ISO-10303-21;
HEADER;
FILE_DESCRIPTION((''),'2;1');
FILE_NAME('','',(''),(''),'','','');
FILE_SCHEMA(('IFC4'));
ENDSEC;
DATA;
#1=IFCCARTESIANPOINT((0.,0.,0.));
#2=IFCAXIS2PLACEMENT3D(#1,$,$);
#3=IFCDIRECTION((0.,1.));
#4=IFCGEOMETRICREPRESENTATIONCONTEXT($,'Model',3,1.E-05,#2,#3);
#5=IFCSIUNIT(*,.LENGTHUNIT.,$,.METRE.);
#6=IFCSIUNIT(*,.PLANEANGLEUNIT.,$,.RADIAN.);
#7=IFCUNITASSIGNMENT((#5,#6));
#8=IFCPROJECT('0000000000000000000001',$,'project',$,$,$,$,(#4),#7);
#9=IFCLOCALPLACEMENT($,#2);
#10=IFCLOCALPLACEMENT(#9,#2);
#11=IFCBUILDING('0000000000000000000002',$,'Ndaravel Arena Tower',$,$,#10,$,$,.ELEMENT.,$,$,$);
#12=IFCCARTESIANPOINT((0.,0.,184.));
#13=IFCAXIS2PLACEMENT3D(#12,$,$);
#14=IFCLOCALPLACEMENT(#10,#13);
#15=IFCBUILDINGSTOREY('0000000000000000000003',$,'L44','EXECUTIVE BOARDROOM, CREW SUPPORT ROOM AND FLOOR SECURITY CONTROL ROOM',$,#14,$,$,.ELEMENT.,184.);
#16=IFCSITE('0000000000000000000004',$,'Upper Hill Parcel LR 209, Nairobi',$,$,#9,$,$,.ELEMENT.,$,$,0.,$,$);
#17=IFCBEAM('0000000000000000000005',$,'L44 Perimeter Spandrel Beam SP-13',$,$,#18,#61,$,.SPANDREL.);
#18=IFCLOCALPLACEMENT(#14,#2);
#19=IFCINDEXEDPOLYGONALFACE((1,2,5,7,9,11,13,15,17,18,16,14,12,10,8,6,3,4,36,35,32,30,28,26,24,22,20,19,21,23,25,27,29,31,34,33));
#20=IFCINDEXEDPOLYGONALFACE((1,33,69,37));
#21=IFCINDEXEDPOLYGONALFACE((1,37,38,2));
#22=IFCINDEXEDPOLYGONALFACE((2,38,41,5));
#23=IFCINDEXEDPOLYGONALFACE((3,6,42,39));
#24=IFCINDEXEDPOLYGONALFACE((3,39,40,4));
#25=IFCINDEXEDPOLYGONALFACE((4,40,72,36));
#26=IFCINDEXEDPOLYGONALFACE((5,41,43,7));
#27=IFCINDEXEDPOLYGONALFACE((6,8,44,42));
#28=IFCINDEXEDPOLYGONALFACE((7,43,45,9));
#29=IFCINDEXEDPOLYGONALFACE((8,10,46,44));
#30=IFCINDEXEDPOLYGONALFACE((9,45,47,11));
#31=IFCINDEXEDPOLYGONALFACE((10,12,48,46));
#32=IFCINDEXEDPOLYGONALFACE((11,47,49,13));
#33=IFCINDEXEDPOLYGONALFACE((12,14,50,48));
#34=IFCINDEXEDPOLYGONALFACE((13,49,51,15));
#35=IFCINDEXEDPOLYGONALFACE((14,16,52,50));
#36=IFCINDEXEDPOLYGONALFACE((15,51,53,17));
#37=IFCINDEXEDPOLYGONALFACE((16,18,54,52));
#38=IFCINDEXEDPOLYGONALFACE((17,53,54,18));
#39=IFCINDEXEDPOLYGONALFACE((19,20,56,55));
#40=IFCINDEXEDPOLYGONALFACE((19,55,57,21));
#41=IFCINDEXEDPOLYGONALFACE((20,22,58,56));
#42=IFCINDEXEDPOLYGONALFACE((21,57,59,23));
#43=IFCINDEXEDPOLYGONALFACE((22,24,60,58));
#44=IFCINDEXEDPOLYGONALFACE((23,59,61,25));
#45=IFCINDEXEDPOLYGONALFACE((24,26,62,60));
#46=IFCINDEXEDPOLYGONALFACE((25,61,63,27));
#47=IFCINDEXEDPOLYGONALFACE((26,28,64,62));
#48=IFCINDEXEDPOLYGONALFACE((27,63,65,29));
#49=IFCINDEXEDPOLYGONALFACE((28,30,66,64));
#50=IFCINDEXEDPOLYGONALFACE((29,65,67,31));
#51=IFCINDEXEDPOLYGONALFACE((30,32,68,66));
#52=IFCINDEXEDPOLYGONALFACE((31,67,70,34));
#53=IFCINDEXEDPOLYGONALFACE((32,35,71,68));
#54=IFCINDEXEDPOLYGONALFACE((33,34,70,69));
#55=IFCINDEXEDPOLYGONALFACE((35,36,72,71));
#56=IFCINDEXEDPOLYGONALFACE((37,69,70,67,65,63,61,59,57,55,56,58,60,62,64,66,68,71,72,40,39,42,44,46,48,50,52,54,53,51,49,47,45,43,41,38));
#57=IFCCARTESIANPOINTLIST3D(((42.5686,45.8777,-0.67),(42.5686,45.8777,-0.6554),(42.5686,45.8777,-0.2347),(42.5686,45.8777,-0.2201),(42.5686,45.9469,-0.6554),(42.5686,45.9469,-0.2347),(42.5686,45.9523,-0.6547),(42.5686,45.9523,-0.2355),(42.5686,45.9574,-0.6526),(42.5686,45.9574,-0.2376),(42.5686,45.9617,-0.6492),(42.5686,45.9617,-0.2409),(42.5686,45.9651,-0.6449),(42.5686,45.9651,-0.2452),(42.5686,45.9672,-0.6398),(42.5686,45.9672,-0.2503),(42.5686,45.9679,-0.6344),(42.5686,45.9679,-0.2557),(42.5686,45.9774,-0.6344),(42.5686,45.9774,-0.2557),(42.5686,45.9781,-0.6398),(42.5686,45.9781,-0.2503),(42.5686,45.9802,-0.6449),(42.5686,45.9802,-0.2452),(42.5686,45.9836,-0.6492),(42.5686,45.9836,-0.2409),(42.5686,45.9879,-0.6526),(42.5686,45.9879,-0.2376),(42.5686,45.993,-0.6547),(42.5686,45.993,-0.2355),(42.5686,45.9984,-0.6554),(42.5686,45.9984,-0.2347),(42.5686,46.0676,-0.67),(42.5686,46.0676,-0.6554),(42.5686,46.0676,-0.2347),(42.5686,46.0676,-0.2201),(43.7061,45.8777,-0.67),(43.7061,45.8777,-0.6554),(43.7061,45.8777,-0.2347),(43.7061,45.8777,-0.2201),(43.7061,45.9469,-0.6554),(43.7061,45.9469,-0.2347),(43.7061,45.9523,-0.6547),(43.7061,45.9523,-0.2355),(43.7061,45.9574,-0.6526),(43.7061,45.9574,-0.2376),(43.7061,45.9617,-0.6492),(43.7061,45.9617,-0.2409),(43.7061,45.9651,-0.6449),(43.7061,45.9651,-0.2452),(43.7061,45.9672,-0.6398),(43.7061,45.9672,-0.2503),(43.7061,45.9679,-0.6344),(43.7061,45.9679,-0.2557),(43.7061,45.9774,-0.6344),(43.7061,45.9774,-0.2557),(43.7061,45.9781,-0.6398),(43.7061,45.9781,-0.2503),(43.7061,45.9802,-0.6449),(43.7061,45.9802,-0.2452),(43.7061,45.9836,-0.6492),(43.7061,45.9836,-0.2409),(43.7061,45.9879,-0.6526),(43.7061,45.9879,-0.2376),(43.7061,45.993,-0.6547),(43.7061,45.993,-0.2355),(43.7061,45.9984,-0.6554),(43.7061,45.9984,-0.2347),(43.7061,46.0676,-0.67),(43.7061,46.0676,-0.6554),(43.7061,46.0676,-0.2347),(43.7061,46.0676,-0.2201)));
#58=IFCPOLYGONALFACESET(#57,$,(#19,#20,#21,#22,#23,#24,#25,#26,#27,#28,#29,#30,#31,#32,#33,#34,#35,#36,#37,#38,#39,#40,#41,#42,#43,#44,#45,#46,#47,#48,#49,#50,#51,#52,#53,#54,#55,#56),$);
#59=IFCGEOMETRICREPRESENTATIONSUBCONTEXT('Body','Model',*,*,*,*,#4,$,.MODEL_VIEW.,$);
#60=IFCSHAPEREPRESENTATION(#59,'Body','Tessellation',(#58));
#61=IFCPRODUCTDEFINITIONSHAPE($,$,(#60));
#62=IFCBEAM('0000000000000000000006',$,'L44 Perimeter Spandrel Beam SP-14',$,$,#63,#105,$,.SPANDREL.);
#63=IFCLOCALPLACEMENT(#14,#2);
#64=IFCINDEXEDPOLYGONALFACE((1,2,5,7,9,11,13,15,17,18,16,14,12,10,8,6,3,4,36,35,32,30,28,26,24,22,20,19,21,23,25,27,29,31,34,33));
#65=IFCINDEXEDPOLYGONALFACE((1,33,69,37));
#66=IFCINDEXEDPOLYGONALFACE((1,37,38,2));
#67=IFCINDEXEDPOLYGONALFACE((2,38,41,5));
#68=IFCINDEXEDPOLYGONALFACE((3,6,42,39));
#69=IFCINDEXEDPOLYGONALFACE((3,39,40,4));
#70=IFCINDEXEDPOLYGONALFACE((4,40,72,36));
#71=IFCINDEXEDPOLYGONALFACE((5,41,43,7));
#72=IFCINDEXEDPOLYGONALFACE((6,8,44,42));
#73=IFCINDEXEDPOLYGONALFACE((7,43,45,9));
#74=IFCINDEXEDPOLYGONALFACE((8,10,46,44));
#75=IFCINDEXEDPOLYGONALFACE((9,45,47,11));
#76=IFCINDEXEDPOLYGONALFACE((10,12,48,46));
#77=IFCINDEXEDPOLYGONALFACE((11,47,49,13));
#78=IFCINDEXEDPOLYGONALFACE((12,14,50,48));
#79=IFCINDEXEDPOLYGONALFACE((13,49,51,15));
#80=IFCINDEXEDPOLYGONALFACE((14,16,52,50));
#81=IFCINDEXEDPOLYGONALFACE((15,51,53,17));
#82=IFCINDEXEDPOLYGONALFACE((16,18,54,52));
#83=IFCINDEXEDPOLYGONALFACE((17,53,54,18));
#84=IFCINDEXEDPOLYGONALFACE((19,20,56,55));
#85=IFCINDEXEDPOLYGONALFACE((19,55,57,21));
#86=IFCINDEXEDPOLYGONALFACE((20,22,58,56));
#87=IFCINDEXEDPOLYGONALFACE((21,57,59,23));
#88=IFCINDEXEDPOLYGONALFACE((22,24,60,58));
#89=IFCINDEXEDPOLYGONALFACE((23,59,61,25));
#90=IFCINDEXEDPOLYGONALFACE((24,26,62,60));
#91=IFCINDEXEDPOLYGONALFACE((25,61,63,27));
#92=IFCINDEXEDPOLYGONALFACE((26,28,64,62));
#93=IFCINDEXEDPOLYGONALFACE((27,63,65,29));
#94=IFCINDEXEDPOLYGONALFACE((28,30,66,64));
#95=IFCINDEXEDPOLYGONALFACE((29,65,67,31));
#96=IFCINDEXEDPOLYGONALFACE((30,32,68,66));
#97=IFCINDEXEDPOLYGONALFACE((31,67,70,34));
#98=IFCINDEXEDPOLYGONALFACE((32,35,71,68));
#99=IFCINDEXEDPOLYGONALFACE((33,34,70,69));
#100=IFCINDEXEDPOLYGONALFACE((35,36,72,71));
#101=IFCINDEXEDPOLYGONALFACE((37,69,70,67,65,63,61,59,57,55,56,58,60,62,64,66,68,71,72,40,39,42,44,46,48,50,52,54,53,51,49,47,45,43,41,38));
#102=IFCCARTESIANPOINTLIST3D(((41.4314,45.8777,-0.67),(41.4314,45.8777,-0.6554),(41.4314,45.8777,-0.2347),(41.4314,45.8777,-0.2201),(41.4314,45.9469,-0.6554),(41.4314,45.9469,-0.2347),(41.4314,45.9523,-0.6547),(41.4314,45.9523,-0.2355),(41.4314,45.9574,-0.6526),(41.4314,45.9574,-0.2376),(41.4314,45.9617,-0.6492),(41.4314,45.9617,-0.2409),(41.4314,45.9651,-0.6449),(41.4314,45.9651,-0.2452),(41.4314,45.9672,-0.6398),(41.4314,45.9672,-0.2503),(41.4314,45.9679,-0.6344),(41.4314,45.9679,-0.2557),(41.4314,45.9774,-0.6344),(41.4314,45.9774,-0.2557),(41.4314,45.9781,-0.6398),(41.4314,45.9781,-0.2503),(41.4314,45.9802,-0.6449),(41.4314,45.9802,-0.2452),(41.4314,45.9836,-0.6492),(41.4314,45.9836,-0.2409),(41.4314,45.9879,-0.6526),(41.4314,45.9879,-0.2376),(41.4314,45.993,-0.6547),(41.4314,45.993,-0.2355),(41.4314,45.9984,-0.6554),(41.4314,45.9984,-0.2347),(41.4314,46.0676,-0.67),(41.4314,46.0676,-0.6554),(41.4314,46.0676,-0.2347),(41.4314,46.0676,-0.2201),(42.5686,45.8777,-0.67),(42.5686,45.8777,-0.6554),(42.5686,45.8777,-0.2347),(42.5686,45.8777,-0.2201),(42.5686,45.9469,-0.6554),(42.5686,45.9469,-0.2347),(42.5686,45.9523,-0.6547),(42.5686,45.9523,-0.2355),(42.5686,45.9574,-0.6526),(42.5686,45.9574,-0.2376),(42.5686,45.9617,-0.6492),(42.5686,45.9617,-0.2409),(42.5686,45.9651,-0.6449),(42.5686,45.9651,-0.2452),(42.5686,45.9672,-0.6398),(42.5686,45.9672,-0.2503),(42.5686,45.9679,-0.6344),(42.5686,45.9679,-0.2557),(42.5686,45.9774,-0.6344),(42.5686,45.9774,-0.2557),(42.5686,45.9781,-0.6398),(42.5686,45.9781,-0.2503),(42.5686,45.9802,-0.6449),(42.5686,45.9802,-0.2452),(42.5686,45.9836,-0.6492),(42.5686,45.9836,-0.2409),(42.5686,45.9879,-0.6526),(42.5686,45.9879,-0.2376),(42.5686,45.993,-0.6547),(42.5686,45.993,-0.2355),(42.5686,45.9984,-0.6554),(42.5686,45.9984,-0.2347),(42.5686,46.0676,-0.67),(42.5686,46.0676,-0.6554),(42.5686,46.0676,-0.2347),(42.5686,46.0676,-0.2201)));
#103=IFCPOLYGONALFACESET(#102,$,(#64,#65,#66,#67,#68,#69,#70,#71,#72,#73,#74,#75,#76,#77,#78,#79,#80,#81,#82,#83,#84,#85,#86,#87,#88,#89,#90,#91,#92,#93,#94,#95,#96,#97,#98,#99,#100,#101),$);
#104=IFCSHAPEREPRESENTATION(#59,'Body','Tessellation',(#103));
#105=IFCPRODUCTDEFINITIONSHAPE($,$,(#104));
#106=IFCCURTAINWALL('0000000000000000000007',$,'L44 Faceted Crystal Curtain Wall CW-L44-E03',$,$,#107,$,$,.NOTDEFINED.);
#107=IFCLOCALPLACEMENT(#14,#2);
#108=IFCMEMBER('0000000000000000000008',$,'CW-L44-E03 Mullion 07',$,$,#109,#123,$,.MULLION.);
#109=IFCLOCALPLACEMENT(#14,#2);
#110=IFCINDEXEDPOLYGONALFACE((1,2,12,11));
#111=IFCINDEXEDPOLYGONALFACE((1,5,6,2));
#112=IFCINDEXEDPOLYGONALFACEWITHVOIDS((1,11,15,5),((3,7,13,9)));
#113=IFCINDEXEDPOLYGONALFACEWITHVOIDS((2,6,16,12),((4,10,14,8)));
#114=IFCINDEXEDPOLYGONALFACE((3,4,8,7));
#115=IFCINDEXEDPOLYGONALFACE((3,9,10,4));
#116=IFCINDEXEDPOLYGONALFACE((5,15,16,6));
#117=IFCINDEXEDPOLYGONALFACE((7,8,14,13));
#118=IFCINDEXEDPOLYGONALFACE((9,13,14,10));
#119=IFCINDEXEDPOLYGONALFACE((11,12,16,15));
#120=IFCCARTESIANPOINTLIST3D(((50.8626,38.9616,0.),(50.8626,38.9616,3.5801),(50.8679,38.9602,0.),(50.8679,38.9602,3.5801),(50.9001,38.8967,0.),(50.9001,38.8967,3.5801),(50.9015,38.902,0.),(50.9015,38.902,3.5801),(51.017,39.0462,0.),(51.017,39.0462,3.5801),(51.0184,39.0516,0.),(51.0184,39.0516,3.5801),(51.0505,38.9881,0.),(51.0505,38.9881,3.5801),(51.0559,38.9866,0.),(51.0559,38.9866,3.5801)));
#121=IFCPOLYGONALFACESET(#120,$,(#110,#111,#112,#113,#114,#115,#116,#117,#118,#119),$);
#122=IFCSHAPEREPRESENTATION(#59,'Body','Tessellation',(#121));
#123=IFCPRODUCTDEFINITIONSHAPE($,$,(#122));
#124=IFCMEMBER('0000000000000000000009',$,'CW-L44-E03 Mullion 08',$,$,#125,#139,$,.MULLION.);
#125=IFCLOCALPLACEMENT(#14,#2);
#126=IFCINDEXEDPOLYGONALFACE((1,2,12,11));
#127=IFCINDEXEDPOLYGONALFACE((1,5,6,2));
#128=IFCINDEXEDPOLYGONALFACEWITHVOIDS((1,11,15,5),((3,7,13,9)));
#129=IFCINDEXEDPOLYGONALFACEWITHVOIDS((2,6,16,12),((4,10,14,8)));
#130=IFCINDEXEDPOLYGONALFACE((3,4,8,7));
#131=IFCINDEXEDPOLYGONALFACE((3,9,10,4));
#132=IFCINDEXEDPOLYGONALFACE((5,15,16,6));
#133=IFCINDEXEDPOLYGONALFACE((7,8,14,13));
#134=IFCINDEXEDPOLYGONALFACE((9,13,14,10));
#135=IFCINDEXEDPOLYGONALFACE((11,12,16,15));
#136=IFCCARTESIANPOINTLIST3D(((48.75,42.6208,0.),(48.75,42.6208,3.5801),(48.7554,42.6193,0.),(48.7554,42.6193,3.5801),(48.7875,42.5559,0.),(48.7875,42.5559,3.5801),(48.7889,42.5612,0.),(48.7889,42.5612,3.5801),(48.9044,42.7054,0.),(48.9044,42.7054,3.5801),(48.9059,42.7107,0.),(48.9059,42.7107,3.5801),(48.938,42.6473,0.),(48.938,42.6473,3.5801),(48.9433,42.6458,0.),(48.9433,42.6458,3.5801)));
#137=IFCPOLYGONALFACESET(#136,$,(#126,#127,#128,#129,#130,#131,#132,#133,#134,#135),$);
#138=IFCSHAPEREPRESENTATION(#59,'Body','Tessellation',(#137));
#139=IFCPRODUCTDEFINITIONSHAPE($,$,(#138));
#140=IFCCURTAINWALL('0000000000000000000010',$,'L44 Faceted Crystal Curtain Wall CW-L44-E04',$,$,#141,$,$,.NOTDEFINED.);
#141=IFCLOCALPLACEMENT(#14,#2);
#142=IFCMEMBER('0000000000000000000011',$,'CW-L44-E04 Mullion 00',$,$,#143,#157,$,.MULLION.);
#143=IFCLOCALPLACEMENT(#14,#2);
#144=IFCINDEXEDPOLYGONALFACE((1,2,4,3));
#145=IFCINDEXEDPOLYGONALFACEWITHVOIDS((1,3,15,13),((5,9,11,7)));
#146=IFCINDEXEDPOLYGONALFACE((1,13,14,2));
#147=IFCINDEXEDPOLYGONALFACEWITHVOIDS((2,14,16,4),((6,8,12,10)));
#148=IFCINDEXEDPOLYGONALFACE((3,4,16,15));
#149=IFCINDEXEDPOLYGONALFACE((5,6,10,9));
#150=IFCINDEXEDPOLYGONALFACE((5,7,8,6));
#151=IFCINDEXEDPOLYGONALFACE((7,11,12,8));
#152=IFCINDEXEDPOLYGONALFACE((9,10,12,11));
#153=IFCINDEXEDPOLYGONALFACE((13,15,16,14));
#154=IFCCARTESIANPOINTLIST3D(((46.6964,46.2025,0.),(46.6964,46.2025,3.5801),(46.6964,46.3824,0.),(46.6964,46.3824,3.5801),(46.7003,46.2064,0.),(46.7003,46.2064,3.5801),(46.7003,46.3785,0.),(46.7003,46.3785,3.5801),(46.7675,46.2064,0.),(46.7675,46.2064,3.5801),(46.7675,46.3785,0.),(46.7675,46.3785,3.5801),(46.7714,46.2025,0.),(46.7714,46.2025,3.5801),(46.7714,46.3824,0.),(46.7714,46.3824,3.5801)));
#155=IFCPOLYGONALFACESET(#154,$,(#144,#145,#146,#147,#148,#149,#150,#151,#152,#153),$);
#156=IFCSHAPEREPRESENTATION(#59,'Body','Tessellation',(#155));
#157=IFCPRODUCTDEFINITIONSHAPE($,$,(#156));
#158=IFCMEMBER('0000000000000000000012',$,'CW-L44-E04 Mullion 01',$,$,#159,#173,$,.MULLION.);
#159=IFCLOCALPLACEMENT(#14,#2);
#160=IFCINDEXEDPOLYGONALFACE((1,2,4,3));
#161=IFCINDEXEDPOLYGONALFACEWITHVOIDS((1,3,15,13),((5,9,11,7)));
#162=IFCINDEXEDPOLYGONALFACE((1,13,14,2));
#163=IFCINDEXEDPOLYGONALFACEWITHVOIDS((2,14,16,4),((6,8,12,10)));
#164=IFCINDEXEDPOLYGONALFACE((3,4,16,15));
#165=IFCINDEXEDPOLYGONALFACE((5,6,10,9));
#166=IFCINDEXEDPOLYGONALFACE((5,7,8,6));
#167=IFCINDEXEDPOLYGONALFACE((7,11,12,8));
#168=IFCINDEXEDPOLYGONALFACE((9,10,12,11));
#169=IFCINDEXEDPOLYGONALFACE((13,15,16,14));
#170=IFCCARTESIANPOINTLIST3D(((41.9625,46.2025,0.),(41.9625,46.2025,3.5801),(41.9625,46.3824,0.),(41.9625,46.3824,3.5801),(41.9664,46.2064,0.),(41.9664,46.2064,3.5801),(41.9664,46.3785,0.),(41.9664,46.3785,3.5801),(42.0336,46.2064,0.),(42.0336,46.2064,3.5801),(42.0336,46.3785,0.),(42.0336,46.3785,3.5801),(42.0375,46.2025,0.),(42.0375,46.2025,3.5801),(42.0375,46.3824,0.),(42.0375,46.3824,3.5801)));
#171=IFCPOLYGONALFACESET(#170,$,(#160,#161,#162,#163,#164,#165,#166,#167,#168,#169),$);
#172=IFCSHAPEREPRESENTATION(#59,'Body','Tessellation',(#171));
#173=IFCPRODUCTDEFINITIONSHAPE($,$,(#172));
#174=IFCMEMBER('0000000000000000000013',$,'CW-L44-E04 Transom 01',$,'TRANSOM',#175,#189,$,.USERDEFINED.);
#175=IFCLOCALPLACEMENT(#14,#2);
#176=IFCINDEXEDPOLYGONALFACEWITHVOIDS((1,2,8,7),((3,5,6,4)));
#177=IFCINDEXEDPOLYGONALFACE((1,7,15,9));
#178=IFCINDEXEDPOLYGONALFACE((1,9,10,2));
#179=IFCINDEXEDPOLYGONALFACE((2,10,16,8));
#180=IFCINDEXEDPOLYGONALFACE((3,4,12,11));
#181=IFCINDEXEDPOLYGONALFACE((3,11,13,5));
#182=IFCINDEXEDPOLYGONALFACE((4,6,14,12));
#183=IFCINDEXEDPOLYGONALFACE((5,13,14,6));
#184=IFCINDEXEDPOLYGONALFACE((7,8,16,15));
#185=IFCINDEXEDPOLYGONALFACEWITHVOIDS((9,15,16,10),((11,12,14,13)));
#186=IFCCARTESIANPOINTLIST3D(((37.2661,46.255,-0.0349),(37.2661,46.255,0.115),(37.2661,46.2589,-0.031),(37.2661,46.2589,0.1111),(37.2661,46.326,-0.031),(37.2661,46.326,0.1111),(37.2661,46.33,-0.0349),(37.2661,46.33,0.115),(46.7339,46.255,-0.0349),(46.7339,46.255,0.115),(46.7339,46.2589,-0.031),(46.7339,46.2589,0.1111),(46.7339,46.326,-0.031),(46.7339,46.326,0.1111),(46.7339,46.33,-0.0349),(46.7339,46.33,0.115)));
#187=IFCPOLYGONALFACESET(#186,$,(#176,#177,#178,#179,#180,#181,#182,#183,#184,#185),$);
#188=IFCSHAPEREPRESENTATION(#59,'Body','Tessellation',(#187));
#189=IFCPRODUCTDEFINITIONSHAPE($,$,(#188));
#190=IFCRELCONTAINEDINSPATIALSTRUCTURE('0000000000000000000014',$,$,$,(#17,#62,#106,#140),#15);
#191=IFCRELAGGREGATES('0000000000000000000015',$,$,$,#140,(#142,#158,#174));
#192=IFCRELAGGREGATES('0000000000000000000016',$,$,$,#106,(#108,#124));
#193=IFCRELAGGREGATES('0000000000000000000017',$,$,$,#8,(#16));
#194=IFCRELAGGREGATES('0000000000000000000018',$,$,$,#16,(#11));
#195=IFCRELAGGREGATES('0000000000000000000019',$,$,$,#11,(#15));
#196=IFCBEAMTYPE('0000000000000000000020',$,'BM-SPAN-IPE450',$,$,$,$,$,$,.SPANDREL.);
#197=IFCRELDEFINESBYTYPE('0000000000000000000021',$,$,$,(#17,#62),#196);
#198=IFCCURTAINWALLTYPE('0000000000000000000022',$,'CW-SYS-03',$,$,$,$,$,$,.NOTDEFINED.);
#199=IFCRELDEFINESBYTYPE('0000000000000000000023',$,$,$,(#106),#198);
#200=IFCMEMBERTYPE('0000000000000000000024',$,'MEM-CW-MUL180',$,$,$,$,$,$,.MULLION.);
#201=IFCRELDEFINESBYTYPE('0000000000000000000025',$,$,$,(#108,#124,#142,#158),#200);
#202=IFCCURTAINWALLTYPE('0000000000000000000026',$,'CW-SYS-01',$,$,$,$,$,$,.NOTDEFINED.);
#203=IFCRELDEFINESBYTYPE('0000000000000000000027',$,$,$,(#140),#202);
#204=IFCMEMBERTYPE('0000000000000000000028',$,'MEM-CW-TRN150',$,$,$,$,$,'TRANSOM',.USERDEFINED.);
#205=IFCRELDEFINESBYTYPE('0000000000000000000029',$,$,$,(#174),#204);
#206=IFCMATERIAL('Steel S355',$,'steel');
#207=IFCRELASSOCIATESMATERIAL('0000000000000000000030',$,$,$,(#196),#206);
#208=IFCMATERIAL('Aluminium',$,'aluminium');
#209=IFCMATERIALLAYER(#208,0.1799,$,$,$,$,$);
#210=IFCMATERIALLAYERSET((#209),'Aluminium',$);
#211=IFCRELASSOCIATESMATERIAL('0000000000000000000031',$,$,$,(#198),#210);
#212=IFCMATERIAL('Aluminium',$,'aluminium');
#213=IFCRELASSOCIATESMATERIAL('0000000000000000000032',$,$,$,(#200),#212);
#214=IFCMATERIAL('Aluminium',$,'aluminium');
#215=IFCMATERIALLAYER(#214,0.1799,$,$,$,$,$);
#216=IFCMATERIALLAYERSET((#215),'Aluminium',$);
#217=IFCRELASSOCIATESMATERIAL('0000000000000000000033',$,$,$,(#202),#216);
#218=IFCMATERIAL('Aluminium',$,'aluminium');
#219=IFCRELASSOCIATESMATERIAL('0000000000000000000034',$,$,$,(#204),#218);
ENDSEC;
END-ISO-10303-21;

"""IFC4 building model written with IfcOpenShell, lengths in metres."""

from ifc_helpers import new_model, si_unit, direction, frame, origin, origin_2d, place, context, subcontext, project, spatial, hollow_rectangle, i_section, extrude, material, layer, layer_set, material_profile, profile_set, type_object, element, aggregate, save


model = new_model("IFC4")

# Units and contexts
model_context = context("Model", 3, precision=1e-05, world=origin(), true_north=direction((0.0, 1.0)))
body_context = subcontext(model_context, "Body", "Model", "MODEL_VIEW")
ifc_project = project(units=[si_unit("LENGTHUNIT", "METRE"), si_unit("PLANEANGLEUNIT", "RADIAN")], contexts=[model_context])

# Site, building, storey
site_placement = place(None, origin())
site = spatial("IfcSite", under=ifc_project, at=site_placement, Name="Upper Hill Parcel LR 209, Nairobi", CompositionType="ELEMENT", RefElevation=0.0)
building_placement = place(site_placement, origin())
building = spatial("IfcBuilding", under=site, at=building_placement, Name="Ndaravel Arena Tower", CompositionType="ELEMENT")
storey_placement = place(building_placement, frame((0.0, 0.0, 184.0)))
storey = spatial("IfcBuildingStorey", under=building, at=storey_placement, Name="L44", Description="EXECUTIVE BOARDROOM, CREW SUPPORT ROOM AND FLOOR SECURITY CONTROL ROOM", CompositionType="ELEMENT", Elevation=184.0)

# Beams
ifc_material_1 = material(Name="Steel S355", Category="steel")
ifc_material_profile_1 = material_profile(ifc_material_1, i_section(OverallWidth=0.1899, OverallDepth=0.45, WebThickness=0.0095, FlangeThickness=0.0146, FilletRadius=0.021, at=origin_2d()), Name="IPE 450")
ifc_profile_set_1 = profile_set([ifc_material_profile_1], Name="Steel S355")
beam_type_1 = type_object("IfcBeamType", Name="BM-SPAN-IPE450", PredefinedType="SPANDREL", material=ifc_profile_set_1)
beam_1_placement = place(storey_placement, frame((43.7061, 45.9727, -0.4451), z_axis=(-1.0, 0.0, 0.0), x_axis=(0.0, -1.0, 0.0)))
element("IfcBeam", 1, at=beam_1_placement, inside=storey, type_object=beam_type_1, Name="L44 Perimeter Spandrel Beam SP-13", PredefinedType="SPANDREL", context=body_context, shape_type="SweptSolid", body=[
    extrude(i_section(OverallWidth=0.1899, OverallDepth=0.45, WebThickness=0.0095, FlangeThickness=0.0146, FilletRadius=0.021, at=origin_2d()), origin(), (0.0, 0.0, 1.0), 1.1375),
])
beam_2_placement = place(storey_placement, frame((42.5686, 45.9727, -0.4451), z_axis=(-1.0, 0.0, 0.0), x_axis=(0.0, -1.0, 0.0)))
element("IfcBeam", 2, at=beam_2_placement, inside=storey, type_object=beam_type_1, Name="L44 Perimeter Spandrel Beam SP-14", PredefinedType="SPANDREL", context=body_context, shape_type="SweptSolid", body=[
    extrude(i_section(OverallWidth=0.1899, OverallDepth=0.45, WebThickness=0.0095, FlangeThickness=0.0146, FilletRadius=0.021, at=origin_2d()), origin(), (0.0, 0.0, 1.0), 1.1372),
])

# Curtain wall, members
ifc_material_2 = material(Name="Aluminium", Category="aluminium")
ifc_layer_1 = layer(ifc_material_2, 0.1799)
ifc_layer_set_1 = layer_set([ifc_layer_1], Name="Aluminium")
curtain_wall_type_1 = type_object("IfcCurtainWallType", Name="CW-SYS-03", PredefinedType="NOTDEFINED", material=ifc_layer_set_1)
curtain_wall_1_placement = place(storey_placement, origin())
curtain_wall_1 = element("IfcCurtainWall", 3, at=curtain_wall_1_placement, inside=storey, type_object=curtain_wall_type_1, Name="L44 Faceted Crystal Curtain Wall CW-L44-E03", PredefinedType="NOTDEFINED")
ifc_material_3 = material(Name="Aluminium", Category="aluminium")
ifc_material_profile_2 = material_profile(ifc_material_3, hollow_rectangle(XDim=0.075, YDim=0.1799, WallThickness=0.0039, at=origin_2d()), Name="CW MULLION 75x180x4")
ifc_profile_set_2 = profile_set([ifc_material_profile_2], Name="Aluminium")
member_type_1 = type_object("IfcMemberType", Name="MEM-CW-MUL180", PredefinedType="MULLION", material=ifc_profile_set_2)
member_1_placement = place(storey_placement, frame((50.9592, 38.9741, 0.0), z_axis=(0.0, 0.0, 1.0), x_axis=(-0.5, 0.866025, 0.0)))
member_1 = element("IfcMember", 4, at=member_1_placement, type_object=member_type_1, Name="CW-L44-E03 Mullion 07", PredefinedType="MULLION", context=body_context, shape_type="SweptSolid", body=[
    extrude(hollow_rectangle(XDim=0.075, YDim=0.1799, WallThickness=0.0039, at=origin_2d()), origin(), (0.0, 0.0, 1.0), 3.5801),
])
member_2_placement = place(storey_placement, frame((48.8467, 42.6333, 0.0), z_axis=(0.0, 0.0, 1.0), x_axis=(-0.5, 0.866025, 0.0)))
member_2 = element("IfcMember", 5, at=member_2_placement, type_object=member_type_1, Name="CW-L44-E03 Mullion 08", PredefinedType="MULLION", context=body_context, shape_type="SweptSolid", body=[
    extrude(hollow_rectangle(XDim=0.075, YDim=0.1799, WallThickness=0.0039, at=origin_2d()), origin(), (0.0, 0.0, 1.0), 3.5801),
])

# Curtain wall, members
ifc_material_4 = material(Name="Aluminium", Category="aluminium")
ifc_layer_2 = layer(ifc_material_4, 0.1799)
ifc_layer_set_2 = layer_set([ifc_layer_2], Name="Aluminium")
curtain_wall_type_2 = type_object("IfcCurtainWallType", Name="CW-SYS-01", PredefinedType="NOTDEFINED", material=ifc_layer_set_2)
curtain_wall_2_placement = place(storey_placement, origin())
curtain_wall_2 = element("IfcCurtainWall", 6, at=curtain_wall_2_placement, inside=storey, type_object=curtain_wall_type_2, Name="L44 Faceted Crystal Curtain Wall CW-L44-E04", PredefinedType="NOTDEFINED")
member_3_placement = place(storey_placement, frame((46.7339, 46.2925, 0.0), z_axis=(0.0, 0.0, 1.0), x_axis=(-1.0, 0.0, 0.0)))
member_3 = element("IfcMember", 7, at=member_3_placement, type_object=member_type_1, Name="CW-L44-E04 Mullion 00", PredefinedType="MULLION", context=body_context, shape_type="SweptSolid", body=[
    extrude(hollow_rectangle(XDim=0.075, YDim=0.1799, WallThickness=0.0039, at=origin_2d()), origin(), (0.0, 0.0, 1.0), 3.5801),
])
member_4_placement = place(storey_placement, frame((42.0, 46.2925, 0.0), z_axis=(0.0, 0.0, 1.0), x_axis=(-1.0, 0.0, 0.0)))
member_4 = element("IfcMember", 8, at=member_4_placement, type_object=member_type_1, Name="CW-L44-E04 Mullion 01", PredefinedType="MULLION", context=body_context, shape_type="SweptSolid", body=[
    extrude(hollow_rectangle(XDim=0.075, YDim=0.1799, WallThickness=0.0039, at=origin_2d()), origin(), (0.0, 0.0, 1.0), 3.5801),
])
ifc_material_5 = material(Name="Aluminium", Category="aluminium")
ifc_material_profile_3 = material_profile(ifc_material_5, hollow_rectangle(XDim=0.075, YDim=0.1499, WallThickness=0.0039, at=origin_2d()), Name="CW TRANSOM 75x150x4")
ifc_profile_set_3 = profile_set([ifc_material_profile_3], Name="Aluminium")
member_type_2 = type_object("IfcMemberType", Name="MEM-CW-TRN150", ElementType="TRANSOM", PredefinedType="USERDEFINED", material=ifc_profile_set_3)
member_5_placement = place(storey_placement, frame((46.7339, 46.2925, 0.04), z_axis=(-1.0, 0.0, 0.0), x_axis=(0.0, -1.0, 0.0)))
member_5 = element("IfcMember", 9, at=member_5_placement, type_object=member_type_2, Name="CW-L44-E04 Transom 01", ObjectType="TRANSOM", PredefinedType="USERDEFINED", context=body_context, shape_type="SweptSolid", body=[
    extrude(hollow_rectangle(XDim=0.075, YDim=0.1499, WallThickness=0.0039, at=origin_2d()), origin(), (0.0, 0.0, 1.0), 9.4678),
])
aggregate(curtain_wall_2, [member_3, member_4, member_5])

aggregate(curtain_wall_1, [member_1, member_2])

save(model, "model.ifc")
